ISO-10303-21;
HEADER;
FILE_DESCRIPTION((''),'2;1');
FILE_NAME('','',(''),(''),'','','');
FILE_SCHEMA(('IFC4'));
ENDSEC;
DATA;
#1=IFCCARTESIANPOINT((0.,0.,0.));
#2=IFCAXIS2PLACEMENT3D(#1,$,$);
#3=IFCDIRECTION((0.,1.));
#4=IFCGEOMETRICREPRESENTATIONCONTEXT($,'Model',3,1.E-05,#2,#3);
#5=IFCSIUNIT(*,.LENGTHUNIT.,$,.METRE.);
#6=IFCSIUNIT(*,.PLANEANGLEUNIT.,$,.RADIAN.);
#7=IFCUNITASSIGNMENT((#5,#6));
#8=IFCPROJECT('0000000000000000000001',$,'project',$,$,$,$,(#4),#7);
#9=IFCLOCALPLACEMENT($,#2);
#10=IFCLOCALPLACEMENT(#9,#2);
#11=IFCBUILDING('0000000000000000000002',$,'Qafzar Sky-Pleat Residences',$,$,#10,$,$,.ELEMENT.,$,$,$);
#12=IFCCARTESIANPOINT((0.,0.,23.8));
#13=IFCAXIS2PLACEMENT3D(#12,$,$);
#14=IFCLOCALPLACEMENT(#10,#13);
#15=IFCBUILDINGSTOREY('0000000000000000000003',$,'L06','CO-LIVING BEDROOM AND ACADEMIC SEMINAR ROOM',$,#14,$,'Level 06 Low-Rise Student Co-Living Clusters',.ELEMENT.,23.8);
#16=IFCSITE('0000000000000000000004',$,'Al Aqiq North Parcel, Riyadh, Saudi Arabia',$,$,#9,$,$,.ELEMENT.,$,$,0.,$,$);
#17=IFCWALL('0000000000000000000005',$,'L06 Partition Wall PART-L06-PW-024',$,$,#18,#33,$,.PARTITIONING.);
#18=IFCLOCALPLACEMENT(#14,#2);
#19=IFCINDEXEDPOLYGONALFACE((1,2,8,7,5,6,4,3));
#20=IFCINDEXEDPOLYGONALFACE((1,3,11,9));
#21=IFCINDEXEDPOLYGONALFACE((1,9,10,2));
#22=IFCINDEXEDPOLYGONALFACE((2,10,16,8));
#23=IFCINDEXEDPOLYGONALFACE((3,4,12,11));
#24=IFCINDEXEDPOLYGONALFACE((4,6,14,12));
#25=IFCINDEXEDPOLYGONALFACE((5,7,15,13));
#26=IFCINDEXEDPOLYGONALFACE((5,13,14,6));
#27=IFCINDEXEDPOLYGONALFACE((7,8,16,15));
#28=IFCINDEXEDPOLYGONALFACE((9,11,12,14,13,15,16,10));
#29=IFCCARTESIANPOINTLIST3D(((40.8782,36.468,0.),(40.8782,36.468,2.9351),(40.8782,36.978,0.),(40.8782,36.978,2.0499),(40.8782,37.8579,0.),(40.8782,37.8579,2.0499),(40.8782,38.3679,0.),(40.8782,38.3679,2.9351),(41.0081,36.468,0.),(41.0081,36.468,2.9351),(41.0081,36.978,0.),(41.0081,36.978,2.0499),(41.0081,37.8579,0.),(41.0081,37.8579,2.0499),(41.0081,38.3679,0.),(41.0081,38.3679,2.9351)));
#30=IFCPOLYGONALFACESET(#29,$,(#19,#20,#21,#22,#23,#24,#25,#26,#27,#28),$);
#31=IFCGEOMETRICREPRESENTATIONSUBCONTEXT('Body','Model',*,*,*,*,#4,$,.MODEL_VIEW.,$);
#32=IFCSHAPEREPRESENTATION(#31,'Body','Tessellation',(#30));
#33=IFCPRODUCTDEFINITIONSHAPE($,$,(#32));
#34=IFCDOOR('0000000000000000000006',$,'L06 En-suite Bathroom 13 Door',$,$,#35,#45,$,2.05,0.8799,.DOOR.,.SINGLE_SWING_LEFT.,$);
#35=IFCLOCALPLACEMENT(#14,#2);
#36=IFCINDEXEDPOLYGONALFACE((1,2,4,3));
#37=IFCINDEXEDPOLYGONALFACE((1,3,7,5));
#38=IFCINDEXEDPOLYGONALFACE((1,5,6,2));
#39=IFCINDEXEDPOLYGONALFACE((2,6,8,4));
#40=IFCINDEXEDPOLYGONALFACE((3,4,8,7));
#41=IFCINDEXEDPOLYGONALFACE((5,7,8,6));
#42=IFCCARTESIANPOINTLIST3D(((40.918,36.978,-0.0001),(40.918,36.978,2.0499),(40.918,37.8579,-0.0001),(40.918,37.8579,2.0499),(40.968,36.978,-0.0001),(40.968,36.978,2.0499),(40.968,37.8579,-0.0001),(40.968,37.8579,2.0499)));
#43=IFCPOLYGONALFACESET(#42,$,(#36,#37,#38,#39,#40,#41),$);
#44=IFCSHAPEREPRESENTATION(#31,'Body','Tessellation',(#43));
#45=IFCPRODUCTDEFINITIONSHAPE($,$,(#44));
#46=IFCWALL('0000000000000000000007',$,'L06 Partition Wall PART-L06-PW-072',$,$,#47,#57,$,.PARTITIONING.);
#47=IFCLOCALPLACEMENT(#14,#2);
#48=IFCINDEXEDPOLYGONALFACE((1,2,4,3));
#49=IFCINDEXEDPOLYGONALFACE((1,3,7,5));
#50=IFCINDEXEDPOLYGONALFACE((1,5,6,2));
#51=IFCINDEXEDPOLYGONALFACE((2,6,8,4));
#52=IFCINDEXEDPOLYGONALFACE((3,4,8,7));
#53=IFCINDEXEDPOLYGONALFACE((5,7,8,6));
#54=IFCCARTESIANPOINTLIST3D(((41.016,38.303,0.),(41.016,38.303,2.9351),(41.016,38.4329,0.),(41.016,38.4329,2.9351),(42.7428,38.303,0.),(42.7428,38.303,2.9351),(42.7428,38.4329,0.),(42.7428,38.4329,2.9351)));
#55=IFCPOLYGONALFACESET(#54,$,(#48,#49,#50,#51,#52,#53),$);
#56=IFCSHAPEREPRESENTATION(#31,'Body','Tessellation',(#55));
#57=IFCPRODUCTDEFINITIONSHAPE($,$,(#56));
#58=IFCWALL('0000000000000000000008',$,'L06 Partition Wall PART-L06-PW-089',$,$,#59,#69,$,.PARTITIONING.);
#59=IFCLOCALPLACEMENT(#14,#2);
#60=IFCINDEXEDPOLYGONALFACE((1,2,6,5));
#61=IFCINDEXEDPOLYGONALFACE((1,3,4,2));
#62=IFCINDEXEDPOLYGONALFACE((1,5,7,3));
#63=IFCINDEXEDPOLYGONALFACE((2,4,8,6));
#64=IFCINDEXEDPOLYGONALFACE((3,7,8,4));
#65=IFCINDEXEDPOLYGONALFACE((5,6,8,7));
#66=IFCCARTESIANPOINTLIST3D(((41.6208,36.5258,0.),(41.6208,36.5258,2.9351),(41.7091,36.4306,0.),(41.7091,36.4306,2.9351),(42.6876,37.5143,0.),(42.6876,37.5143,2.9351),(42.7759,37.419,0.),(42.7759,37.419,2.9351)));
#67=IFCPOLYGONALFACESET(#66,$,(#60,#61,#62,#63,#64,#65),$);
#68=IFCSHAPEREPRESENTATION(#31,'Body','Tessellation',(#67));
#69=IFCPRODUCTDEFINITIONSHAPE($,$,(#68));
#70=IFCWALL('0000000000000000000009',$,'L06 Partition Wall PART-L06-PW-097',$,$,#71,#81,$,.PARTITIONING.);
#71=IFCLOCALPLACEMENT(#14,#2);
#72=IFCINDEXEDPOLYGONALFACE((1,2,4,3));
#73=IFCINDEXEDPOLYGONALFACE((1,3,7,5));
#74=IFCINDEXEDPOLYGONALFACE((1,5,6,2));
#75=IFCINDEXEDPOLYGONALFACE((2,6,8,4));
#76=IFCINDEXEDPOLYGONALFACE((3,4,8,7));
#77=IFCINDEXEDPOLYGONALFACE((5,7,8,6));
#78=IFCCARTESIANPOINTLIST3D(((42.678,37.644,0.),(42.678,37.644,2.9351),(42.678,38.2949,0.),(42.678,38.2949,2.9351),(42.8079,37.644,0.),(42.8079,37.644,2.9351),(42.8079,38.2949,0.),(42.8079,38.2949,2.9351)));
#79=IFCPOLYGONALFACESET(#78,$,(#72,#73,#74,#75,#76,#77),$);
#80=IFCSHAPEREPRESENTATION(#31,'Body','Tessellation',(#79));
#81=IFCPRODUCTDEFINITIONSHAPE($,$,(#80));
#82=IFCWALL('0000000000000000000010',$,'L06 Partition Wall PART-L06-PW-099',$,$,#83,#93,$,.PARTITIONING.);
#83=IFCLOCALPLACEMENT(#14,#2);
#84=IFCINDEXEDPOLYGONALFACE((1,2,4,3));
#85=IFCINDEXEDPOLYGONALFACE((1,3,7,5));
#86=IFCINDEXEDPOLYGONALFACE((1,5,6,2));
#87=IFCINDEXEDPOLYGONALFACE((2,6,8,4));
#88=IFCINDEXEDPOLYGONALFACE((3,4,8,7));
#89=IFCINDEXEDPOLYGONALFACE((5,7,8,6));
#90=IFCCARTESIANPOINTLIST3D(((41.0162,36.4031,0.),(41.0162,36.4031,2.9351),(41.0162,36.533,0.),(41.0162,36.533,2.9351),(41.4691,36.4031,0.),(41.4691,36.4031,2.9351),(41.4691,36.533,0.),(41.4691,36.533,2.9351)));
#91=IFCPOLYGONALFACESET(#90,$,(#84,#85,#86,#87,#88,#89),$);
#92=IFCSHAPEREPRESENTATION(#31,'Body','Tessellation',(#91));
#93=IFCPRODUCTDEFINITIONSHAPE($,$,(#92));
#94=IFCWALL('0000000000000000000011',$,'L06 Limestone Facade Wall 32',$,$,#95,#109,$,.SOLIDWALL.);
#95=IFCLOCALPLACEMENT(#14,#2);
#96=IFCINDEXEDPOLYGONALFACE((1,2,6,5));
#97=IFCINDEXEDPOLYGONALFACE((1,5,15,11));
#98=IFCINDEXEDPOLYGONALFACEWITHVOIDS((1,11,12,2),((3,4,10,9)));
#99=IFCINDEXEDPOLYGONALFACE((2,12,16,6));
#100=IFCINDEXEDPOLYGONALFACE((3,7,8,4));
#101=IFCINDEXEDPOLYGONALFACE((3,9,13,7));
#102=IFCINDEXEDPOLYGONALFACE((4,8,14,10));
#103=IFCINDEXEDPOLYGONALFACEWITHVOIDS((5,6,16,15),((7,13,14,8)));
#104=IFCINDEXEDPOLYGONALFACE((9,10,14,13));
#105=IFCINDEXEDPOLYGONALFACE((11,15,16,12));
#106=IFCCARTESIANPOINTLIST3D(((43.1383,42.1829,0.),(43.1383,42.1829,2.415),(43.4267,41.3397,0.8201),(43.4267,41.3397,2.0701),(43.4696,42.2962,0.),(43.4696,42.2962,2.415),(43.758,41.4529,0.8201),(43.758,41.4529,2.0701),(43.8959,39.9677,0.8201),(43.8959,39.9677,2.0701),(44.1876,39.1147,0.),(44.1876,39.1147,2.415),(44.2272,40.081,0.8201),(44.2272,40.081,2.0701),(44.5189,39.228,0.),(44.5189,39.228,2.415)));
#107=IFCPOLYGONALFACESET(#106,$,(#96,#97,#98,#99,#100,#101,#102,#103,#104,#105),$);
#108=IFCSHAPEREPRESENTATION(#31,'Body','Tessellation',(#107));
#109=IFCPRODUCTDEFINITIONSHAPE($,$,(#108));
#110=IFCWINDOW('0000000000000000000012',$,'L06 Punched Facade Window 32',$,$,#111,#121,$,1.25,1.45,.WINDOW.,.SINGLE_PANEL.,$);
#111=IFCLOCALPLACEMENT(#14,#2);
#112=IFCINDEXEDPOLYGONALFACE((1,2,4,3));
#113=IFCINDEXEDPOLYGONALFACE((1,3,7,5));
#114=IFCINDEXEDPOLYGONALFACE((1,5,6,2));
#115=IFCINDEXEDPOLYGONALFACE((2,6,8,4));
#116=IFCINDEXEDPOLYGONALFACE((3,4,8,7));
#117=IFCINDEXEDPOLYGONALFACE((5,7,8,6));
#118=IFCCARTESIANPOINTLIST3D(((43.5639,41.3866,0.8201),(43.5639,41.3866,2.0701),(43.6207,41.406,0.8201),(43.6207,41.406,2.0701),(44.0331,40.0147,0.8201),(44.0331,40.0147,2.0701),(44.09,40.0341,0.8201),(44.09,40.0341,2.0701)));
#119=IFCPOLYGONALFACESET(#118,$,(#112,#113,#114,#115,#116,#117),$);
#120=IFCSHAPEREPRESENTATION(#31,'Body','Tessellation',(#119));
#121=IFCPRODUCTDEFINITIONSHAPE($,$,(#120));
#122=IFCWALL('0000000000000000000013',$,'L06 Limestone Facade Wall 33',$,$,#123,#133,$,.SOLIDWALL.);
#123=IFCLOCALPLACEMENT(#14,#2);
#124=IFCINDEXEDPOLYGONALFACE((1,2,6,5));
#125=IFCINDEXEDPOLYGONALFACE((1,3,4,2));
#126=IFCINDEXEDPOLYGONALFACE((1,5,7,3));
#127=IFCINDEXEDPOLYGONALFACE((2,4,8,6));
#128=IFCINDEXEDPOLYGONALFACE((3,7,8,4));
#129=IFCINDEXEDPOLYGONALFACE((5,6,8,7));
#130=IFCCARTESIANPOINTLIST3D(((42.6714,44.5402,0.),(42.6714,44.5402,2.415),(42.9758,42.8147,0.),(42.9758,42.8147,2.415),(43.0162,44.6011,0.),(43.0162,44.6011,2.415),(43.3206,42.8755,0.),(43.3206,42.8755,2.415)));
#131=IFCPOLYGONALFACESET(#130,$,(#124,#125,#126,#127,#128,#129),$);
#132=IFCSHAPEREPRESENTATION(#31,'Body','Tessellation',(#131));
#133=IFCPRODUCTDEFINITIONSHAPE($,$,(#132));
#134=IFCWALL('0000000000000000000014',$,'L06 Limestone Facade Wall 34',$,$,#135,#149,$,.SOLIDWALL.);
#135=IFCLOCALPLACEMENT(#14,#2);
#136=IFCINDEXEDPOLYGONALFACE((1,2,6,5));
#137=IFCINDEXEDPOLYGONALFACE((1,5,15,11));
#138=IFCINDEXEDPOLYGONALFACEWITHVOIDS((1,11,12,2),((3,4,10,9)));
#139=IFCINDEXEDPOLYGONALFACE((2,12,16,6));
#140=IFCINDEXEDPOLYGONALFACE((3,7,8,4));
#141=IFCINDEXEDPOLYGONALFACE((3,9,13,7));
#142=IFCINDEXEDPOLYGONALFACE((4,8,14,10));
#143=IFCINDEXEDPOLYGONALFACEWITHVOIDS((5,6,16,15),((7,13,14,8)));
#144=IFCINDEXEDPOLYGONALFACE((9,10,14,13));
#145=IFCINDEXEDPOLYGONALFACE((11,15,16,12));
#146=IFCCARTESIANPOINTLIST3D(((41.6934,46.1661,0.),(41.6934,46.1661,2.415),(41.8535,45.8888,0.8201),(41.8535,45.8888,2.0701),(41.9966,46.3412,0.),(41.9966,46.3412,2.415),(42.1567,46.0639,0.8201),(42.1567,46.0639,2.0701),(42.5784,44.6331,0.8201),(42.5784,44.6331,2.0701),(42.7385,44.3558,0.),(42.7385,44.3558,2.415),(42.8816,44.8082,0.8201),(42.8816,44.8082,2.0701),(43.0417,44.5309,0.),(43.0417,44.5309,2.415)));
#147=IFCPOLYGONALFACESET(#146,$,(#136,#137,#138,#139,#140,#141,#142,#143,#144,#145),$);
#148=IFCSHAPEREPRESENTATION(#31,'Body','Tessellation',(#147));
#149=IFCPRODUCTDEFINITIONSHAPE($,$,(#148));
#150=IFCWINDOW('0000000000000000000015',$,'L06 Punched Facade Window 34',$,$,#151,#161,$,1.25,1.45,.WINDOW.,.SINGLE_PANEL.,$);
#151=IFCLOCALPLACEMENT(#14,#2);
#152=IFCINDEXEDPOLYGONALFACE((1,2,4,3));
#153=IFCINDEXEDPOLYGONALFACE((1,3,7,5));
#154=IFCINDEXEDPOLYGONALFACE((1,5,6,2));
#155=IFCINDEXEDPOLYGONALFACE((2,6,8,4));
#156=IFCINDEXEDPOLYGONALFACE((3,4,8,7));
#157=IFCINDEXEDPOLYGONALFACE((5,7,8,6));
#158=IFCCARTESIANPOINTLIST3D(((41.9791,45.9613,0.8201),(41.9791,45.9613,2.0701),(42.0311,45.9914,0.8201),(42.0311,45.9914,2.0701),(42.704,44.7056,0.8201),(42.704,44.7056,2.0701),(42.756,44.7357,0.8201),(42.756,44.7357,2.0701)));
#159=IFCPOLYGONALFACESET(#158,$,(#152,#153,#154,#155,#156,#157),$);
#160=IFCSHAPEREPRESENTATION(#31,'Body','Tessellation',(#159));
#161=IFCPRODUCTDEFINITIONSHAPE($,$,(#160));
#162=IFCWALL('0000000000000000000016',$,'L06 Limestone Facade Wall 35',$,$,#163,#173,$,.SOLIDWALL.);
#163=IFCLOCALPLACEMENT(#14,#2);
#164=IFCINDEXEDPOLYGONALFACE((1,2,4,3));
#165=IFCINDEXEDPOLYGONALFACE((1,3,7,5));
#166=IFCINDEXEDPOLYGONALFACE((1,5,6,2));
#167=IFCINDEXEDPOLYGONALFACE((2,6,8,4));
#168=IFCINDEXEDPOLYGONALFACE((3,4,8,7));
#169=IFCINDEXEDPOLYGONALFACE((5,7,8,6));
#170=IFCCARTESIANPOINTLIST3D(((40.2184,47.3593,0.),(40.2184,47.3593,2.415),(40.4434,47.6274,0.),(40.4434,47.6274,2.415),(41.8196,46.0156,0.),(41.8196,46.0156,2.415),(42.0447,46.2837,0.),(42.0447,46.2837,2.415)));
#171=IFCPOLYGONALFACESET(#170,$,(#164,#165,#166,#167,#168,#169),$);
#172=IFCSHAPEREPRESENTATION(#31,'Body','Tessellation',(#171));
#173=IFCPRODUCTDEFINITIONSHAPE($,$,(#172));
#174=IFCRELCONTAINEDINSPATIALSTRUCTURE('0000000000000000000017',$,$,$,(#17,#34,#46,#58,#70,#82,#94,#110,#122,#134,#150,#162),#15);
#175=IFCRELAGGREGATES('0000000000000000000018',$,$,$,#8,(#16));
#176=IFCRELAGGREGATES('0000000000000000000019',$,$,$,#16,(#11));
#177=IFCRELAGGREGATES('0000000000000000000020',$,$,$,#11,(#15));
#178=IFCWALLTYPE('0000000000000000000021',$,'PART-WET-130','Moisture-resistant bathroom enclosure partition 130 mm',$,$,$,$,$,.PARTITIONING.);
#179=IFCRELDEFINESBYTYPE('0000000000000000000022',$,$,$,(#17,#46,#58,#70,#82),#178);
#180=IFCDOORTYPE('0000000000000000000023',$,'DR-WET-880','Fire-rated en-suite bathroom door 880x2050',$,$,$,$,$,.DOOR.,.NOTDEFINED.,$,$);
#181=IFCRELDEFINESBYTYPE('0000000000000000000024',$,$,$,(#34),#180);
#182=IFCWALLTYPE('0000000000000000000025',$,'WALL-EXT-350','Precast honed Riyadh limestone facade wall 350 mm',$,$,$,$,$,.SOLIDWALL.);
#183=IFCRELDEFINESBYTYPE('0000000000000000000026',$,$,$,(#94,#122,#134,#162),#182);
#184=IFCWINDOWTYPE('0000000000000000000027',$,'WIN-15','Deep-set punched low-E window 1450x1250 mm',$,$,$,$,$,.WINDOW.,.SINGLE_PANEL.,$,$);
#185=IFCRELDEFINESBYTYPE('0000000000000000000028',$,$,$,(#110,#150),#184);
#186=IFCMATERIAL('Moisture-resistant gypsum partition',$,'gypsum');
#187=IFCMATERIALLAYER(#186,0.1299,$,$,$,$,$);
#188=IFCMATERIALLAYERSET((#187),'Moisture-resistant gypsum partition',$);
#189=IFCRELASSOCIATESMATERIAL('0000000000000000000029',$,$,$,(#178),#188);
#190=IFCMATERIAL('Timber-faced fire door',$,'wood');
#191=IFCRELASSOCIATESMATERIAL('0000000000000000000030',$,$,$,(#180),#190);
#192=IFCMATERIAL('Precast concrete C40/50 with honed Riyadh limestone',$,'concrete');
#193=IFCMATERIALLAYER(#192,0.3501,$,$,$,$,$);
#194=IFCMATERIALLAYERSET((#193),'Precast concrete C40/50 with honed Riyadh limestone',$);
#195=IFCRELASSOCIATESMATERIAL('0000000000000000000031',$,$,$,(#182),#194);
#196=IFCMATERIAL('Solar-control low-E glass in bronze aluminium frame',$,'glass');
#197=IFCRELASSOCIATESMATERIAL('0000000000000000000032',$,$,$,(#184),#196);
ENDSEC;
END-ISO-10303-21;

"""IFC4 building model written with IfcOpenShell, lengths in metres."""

from ifc_helpers import new_model, si_unit, direction, frame, frame_2d, origin, place, context, subcontext, project, spatial, rectangle, extrude, source, transform, mapped, material, layer, layer_set, type_object, element, fill, save


model = new_model("IFC4")

# Units and contexts
model_context = context("Model", 3, precision=1e-05, world=origin(), true_north=direction((0.0, 1.0)))
body_context = subcontext(model_context, "Body", "Model", "MODEL_VIEW")
ifc_project = project(units=[si_unit("LENGTHUNIT", "METRE"), si_unit("PLANEANGLEUNIT", "RADIAN")], contexts=[model_context])

# Site, building, storey
site_placement = place(None, origin())
site = spatial("IfcSite", under=ifc_project, at=site_placement, Name="Al Aqiq North Parcel, Riyadh, Saudi Arabia", CompositionType="ELEMENT", RefElevation=0.0)
building_placement = place(site_placement, origin())
building = spatial("IfcBuilding", under=site, at=building_placement, Name="Qafzar Sky-Pleat Residences", CompositionType="ELEMENT")
storey_placement = place(building_placement, frame((0.0, 0.0, 23.8)))
storey = spatial("IfcBuildingStorey", under=building, at=storey_placement, Name="L06", Description="CO-LIVING BEDROOM AND ACADEMIC SEMINAR ROOM", LongName="Level 06 Low-Rise Student Co-Living Clusters", CompositionType="ELEMENT", Elevation=23.8)

# Wall, opening, door
ifc_material_1 = material(Name="Moisture-resistant gypsum partition", Category="gypsum")
ifc_layer_1 = layer(ifc_material_1, 0.1299)
ifc_layer_set_1 = layer_set([ifc_layer_1], Name="Moisture-resistant gypsum partition")
wall_type_1 = type_object("IfcWallType", Name="PART-WET-130", Description="Moisture-resistant bathroom enclosure partition 130 mm", PredefinedType="PARTITIONING", material=ifc_layer_set_1)
wall_1_placement = place(storey_placement, frame((40.9431, 38.3679, 0.0), z_axis=(0.0, 0.0, 1.0), x_axis=(0.0, -1.0, 0.0)))
wall_1 = element("IfcWall", 1, at=wall_1_placement, inside=storey, type_object=wall_type_1, Name="L06 Partition Wall PART-L06-PW-024", PredefinedType="PARTITIONING", context=body_context, shape_type="SweptSolid", body=[
    extrude(rectangle(XDim=1.8999, YDim=0.1299, at=frame_2d((0.95, 0.0))), origin(), (0.0, 0.0, 1.0), 2.9351),
])
opening_1_placement = place(wall_1_placement, frame((0.51, 0.0, 0.0)))
opening_1 = element("IfcOpeningElement", 2, at=opening_1_placement, cuts=wall_1, PredefinedType="OPENING", context=body_context, shape_type="SweptSolid", body=[
    extrude(rectangle(XDim=0.8799, YDim=2.05, at=frame_2d((0.4399, 1.0249))), frame((0.0, 0.075, 0.0), z_axis=(0.0, -1.0, 0.0), x_axis=(1.0, 0.0, 0.0)), (0.0, 0.0, 1.0), 0.1499),
])
ifc_material_2 = material(Name="Timber-faced fire door", Category="wood")
door_type = type_object("IfcDoorType", Name="DR-WET-880", Description="Fire-rated en-suite bathroom door 880x2050", OperationType="NOTDEFINED", PredefinedType="DOOR", material=ifc_material_2)
shared_shape_1 = source(origin(), body_context, "Body", "SweptSolid", [
    extrude(rectangle(XDim=0.8799, YDim=2.05, at=frame_2d((0.4399, 1.0249))), frame((0.0, 0.0249, 0.0), z_axis=(0.0, -1.0, 0.0), x_axis=(1.0, 0.0, 0.0)), (0.0, 0.0, 1.0), 0.05),
])
door_placement = place(opening_1_placement, origin())
door = element("IfcDoor", 3, at=door_placement, inside=storey, type_object=door_type, Name="L06 En-suite Bathroom 13 Door", OperationType="SINGLE_SWING_LEFT", OverallHeight=2.05, OverallWidth=0.8799, PredefinedType="DOOR", context=body_context, shape_type="MappedRepresentation", body=[
    mapped(shared_shape_1, transform((0.0, 0.0, 0.0), x_axis=(1.0, 0.0, 0.0), y_axis=(0.0, 1.0, 0.0), z_axis=(0.0, 0.0, 1.0), scale=1.0)),
])
fill(opening_1, door)

# Walls
wall_2_placement = place(storey_placement, frame((41.0161, 38.3679, 0.0), z_axis=(0.0, 0.0, 1.0), x_axis=(1.0, 0.0, 0.0)))
element("IfcWall", 4, at=wall_2_placement, inside=storey, type_object=wall_type_1, Name="L06 Partition Wall PART-L06-PW-072", PredefinedType="PARTITIONING", context=body_context, shape_type="SweptSolid", body=[
    extrude(rectangle(XDim=1.7268, YDim=0.1299, at=frame_2d((0.8633, 0.0))), origin(), (0.0, 0.0, 1.0), 2.9351),
])
wall_3_placement = place(storey_placement, frame((41.665, 36.4783, 0.0), z_axis=(0.0, 0.0, 1.0), x_axis=(0.733534, 0.679652, 0.0)))
element("IfcWall", 5, at=wall_3_placement, inside=storey, type_object=wall_type_1, Name="L06 Partition Wall PART-L06-PW-089", PredefinedType="PARTITIONING", context=body_context, shape_type="SweptSolid", body=[
    extrude(rectangle(XDim=1.4543, YDim=0.1299, at=frame_2d((0.7271, 0.0))), origin(), (0.0, 0.0, 1.0), 2.9351),
])
wall_4_placement = place(storey_placement, frame((42.7429, 37.644, 0.0), z_axis=(0.0, 0.0, 1.0), x_axis=(0.0, 1.0, 0.0)))
element("IfcWall", 6, at=wall_4_placement, inside=storey, type_object=wall_type_1, Name="L06 Partition Wall PART-L06-PW-097", PredefinedType="PARTITIONING", context=body_context, shape_type="SweptSolid", body=[
    extrude(rectangle(XDim=0.6509, YDim=0.1299, at=frame_2d((0.3254, 0.0))), origin(), (0.0, 0.0, 1.0), 2.9351),
])
wall_5_placement = place(storey_placement, frame((41.0161, 36.468, 0.0), z_axis=(0.0, 0.0, 1.0), x_axis=(1.0, 0.0, 0.0)))
element("IfcWall", 7, at=wall_5_placement, inside=storey, type_object=wall_type_1, Name="L06 Partition Wall PART-L06-PW-099", PredefinedType="PARTITIONING", context=body_context, shape_type="SweptSolid", body=[
    extrude(rectangle(XDim=0.4529, YDim=0.1299, at=frame_2d((0.2266, 0.0))), origin(), (0.0, 0.0, 1.0), 2.9351),
])

# Wall, opening, window
ifc_material_3 = material(Name="Precast concrete C40/50 with honed Riyadh limestone", Category="concrete")
ifc_layer_2 = layer(ifc_material_3, 0.3501)
ifc_layer_set_2 = layer_set([ifc_layer_2], Name="Precast concrete C40/50 with honed Riyadh limestone")
wall_type_2 = type_object("IfcWallType", Name="WALL-EXT-350", Description="Precast honed Riyadh limestone facade wall 350 mm", PredefinedType="SOLIDWALL", material=ifc_layer_set_2)
wall_6_placement = place(storey_placement, frame((44.3533, 39.1714, 0.0), z_axis=(0.0, 0.0, 1.0), x_axis=(-0.323604, 0.946193, 0.0)))
wall_6 = element("IfcWall", 8, at=wall_6_placement, inside=storey, type_object=wall_type_2, Name="L06 Limestone Facade Wall 32", PredefinedType="SOLIDWALL", context=body_context, shape_type="SweptSolid", body=[
    extrude(rectangle(XDim=3.2427, YDim=0.3501, at=frame_2d((1.6213, 0.0))), origin(), (0.0, 0.0, 1.0), 2.415),
])
opening_2_placement = place(wall_6_placement, frame((0.9014, 0.0, 0.8201)))
opening_2 = element("IfcOpeningElement", 9, at=opening_2_placement, cuts=wall_6, PredefinedType="OPENING", context=body_context, shape_type="SweptSolid", body=[
    extrude(rectangle(XDim=1.45, YDim=1.25, at=frame_2d((0.7251, 0.625))), frame((0.0, 0.1851, 0.0), z_axis=(0.0, -1.0, 0.0), x_axis=(1.0, 0.0, 0.0)), (0.0, 0.0, 1.0), 0.3701),
])
ifc_material_4 = material(Name="Solar-control low-E glass in bronze aluminium frame", Category="glass")
window_type = type_object("IfcWindowType", Name="WIN-15", Description="Deep-set punched low-E window 1450x1250 mm", PartitioningType="SINGLE_PANEL", PredefinedType="WINDOW", material=ifc_material_4)
shared_shape_2 = source(origin(), body_context, "Body", "SweptSolid", [
    extrude(rectangle(XDim=1.45, YDim=1.25, at=frame_2d((0.7251, 0.625))), frame((0.0, 0.03, 0.0), z_axis=(0.0, -1.0, 0.0), x_axis=(1.0, 0.0, 0.0)), (0.0, 0.0, 1.0), 0.0601),
])
window_1_placement = place(opening_2_placement, origin())
window_1 = element("IfcWindow", 10, at=window_1_placement, inside=storey, type_object=window_type, Name="L06 Punched Facade Window 32", OverallHeight=1.25, OverallWidth=1.45, PartitioningType="SINGLE_PANEL", PredefinedType="WINDOW", context=body_context, shape_type="MappedRepresentation", body=[
    mapped(shared_shape_2, transform((0.0, 0.0, 0.0), x_axis=(1.0, 0.0, 0.0), y_axis=(0.0, 1.0, 0.0), z_axis=(0.0, 0.0, 1.0), scale=1.0)),
])
fill(opening_2, window_1)

# Wall
wall_7_placement = place(storey_placement, frame((43.1482, 42.8452, 0.0), z_axis=(0.0, 0.0, 1.0), x_axis=(-0.173746, 0.984791, 0.0)))
element("IfcWall", 11, at=wall_7_placement, inside=storey, type_object=wall_type_2, Name="L06 Limestone Facade Wall 33", PredefinedType="SOLIDWALL", context=body_context, shape_type="SweptSolid", body=[
    extrude(rectangle(XDim=1.7522, YDim=0.3501, at=frame_2d((0.876, 0.0))), origin(), (0.0, 0.0, 1.0), 2.415),
])

# Wall, opening, window
wall_8_placement = place(storey_placement, frame((42.8901, 44.4434, 0.0), z_axis=(0.0, 0.0, 1.0), x_axis=(-0.499995, 0.866028, 0.0)))
wall_8 = element("IfcWall", 12, at=wall_8_placement, inside=storey, type_object=wall_type_2, Name="L06 Limestone Facade Wall 34", PredefinedType="SOLIDWALL", context=body_context, shape_type="SweptSolid", body=[
    extrude(rectangle(XDim=2.0903, YDim=0.3501, at=frame_2d((1.0452, 0.0))), origin(), (0.0, 0.0, 1.0), 2.415),
])
opening_3_placement = place(wall_8_placement, frame((0.3201, 0.0, 0.8201)))
opening_3 = element("IfcOpeningElement", 13, at=opening_3_placement, cuts=wall_8, PredefinedType="OPENING", context=body_context, shape_type="SweptSolid", body=[
    extrude(rectangle(XDim=1.45, YDim=1.25, at=frame_2d((0.7251, 0.625))), frame((0.0, 0.1851, 0.0), z_axis=(0.0, -1.0, 0.0), x_axis=(1.0, 0.0, 0.0)), (0.0, 0.0, 1.0), 0.3701),
])
window_2_placement = place(opening_3_placement, origin())
window_2 = element("IfcWindow", 14, at=window_2_placement, inside=storey, type_object=window_type, Name="L06 Punched Facade Window 34", OverallHeight=1.25, OverallWidth=1.45, PartitioningType="SINGLE_PANEL", PredefinedType="WINDOW", context=body_context, shape_type="MappedRepresentation", body=[
    mapped(shared_shape_2, transform((0.0, 0.0, 0.0), x_axis=(1.0, 0.0, 0.0), y_axis=(0.0, 1.0, 0.0), z_axis=(0.0, 0.0, 1.0), scale=1.0)),
])
fill(opening_3, window_2)

# Wall
wall_9_placement = place(storey_placement, frame((41.9321, 46.1497, 0.0), z_axis=(0.0, 0.0, 1.0), x_axis=(-0.766025, 0.642811, 0.0)))
element("IfcWall", 15, at=wall_9_placement, inside=storey, type_object=wall_type_2, Name="L06 Limestone Facade Wall 35", PredefinedType="SOLIDWALL", context=body_context, shape_type="SweptSolid", body=[
    extrude(rectangle(XDim=2.0903, YDim=0.3501, at=frame_2d((1.0452, 0.0))), origin(), (0.0, 0.0, 1.0), 2.415),
])

save(model, "model.ifc")
